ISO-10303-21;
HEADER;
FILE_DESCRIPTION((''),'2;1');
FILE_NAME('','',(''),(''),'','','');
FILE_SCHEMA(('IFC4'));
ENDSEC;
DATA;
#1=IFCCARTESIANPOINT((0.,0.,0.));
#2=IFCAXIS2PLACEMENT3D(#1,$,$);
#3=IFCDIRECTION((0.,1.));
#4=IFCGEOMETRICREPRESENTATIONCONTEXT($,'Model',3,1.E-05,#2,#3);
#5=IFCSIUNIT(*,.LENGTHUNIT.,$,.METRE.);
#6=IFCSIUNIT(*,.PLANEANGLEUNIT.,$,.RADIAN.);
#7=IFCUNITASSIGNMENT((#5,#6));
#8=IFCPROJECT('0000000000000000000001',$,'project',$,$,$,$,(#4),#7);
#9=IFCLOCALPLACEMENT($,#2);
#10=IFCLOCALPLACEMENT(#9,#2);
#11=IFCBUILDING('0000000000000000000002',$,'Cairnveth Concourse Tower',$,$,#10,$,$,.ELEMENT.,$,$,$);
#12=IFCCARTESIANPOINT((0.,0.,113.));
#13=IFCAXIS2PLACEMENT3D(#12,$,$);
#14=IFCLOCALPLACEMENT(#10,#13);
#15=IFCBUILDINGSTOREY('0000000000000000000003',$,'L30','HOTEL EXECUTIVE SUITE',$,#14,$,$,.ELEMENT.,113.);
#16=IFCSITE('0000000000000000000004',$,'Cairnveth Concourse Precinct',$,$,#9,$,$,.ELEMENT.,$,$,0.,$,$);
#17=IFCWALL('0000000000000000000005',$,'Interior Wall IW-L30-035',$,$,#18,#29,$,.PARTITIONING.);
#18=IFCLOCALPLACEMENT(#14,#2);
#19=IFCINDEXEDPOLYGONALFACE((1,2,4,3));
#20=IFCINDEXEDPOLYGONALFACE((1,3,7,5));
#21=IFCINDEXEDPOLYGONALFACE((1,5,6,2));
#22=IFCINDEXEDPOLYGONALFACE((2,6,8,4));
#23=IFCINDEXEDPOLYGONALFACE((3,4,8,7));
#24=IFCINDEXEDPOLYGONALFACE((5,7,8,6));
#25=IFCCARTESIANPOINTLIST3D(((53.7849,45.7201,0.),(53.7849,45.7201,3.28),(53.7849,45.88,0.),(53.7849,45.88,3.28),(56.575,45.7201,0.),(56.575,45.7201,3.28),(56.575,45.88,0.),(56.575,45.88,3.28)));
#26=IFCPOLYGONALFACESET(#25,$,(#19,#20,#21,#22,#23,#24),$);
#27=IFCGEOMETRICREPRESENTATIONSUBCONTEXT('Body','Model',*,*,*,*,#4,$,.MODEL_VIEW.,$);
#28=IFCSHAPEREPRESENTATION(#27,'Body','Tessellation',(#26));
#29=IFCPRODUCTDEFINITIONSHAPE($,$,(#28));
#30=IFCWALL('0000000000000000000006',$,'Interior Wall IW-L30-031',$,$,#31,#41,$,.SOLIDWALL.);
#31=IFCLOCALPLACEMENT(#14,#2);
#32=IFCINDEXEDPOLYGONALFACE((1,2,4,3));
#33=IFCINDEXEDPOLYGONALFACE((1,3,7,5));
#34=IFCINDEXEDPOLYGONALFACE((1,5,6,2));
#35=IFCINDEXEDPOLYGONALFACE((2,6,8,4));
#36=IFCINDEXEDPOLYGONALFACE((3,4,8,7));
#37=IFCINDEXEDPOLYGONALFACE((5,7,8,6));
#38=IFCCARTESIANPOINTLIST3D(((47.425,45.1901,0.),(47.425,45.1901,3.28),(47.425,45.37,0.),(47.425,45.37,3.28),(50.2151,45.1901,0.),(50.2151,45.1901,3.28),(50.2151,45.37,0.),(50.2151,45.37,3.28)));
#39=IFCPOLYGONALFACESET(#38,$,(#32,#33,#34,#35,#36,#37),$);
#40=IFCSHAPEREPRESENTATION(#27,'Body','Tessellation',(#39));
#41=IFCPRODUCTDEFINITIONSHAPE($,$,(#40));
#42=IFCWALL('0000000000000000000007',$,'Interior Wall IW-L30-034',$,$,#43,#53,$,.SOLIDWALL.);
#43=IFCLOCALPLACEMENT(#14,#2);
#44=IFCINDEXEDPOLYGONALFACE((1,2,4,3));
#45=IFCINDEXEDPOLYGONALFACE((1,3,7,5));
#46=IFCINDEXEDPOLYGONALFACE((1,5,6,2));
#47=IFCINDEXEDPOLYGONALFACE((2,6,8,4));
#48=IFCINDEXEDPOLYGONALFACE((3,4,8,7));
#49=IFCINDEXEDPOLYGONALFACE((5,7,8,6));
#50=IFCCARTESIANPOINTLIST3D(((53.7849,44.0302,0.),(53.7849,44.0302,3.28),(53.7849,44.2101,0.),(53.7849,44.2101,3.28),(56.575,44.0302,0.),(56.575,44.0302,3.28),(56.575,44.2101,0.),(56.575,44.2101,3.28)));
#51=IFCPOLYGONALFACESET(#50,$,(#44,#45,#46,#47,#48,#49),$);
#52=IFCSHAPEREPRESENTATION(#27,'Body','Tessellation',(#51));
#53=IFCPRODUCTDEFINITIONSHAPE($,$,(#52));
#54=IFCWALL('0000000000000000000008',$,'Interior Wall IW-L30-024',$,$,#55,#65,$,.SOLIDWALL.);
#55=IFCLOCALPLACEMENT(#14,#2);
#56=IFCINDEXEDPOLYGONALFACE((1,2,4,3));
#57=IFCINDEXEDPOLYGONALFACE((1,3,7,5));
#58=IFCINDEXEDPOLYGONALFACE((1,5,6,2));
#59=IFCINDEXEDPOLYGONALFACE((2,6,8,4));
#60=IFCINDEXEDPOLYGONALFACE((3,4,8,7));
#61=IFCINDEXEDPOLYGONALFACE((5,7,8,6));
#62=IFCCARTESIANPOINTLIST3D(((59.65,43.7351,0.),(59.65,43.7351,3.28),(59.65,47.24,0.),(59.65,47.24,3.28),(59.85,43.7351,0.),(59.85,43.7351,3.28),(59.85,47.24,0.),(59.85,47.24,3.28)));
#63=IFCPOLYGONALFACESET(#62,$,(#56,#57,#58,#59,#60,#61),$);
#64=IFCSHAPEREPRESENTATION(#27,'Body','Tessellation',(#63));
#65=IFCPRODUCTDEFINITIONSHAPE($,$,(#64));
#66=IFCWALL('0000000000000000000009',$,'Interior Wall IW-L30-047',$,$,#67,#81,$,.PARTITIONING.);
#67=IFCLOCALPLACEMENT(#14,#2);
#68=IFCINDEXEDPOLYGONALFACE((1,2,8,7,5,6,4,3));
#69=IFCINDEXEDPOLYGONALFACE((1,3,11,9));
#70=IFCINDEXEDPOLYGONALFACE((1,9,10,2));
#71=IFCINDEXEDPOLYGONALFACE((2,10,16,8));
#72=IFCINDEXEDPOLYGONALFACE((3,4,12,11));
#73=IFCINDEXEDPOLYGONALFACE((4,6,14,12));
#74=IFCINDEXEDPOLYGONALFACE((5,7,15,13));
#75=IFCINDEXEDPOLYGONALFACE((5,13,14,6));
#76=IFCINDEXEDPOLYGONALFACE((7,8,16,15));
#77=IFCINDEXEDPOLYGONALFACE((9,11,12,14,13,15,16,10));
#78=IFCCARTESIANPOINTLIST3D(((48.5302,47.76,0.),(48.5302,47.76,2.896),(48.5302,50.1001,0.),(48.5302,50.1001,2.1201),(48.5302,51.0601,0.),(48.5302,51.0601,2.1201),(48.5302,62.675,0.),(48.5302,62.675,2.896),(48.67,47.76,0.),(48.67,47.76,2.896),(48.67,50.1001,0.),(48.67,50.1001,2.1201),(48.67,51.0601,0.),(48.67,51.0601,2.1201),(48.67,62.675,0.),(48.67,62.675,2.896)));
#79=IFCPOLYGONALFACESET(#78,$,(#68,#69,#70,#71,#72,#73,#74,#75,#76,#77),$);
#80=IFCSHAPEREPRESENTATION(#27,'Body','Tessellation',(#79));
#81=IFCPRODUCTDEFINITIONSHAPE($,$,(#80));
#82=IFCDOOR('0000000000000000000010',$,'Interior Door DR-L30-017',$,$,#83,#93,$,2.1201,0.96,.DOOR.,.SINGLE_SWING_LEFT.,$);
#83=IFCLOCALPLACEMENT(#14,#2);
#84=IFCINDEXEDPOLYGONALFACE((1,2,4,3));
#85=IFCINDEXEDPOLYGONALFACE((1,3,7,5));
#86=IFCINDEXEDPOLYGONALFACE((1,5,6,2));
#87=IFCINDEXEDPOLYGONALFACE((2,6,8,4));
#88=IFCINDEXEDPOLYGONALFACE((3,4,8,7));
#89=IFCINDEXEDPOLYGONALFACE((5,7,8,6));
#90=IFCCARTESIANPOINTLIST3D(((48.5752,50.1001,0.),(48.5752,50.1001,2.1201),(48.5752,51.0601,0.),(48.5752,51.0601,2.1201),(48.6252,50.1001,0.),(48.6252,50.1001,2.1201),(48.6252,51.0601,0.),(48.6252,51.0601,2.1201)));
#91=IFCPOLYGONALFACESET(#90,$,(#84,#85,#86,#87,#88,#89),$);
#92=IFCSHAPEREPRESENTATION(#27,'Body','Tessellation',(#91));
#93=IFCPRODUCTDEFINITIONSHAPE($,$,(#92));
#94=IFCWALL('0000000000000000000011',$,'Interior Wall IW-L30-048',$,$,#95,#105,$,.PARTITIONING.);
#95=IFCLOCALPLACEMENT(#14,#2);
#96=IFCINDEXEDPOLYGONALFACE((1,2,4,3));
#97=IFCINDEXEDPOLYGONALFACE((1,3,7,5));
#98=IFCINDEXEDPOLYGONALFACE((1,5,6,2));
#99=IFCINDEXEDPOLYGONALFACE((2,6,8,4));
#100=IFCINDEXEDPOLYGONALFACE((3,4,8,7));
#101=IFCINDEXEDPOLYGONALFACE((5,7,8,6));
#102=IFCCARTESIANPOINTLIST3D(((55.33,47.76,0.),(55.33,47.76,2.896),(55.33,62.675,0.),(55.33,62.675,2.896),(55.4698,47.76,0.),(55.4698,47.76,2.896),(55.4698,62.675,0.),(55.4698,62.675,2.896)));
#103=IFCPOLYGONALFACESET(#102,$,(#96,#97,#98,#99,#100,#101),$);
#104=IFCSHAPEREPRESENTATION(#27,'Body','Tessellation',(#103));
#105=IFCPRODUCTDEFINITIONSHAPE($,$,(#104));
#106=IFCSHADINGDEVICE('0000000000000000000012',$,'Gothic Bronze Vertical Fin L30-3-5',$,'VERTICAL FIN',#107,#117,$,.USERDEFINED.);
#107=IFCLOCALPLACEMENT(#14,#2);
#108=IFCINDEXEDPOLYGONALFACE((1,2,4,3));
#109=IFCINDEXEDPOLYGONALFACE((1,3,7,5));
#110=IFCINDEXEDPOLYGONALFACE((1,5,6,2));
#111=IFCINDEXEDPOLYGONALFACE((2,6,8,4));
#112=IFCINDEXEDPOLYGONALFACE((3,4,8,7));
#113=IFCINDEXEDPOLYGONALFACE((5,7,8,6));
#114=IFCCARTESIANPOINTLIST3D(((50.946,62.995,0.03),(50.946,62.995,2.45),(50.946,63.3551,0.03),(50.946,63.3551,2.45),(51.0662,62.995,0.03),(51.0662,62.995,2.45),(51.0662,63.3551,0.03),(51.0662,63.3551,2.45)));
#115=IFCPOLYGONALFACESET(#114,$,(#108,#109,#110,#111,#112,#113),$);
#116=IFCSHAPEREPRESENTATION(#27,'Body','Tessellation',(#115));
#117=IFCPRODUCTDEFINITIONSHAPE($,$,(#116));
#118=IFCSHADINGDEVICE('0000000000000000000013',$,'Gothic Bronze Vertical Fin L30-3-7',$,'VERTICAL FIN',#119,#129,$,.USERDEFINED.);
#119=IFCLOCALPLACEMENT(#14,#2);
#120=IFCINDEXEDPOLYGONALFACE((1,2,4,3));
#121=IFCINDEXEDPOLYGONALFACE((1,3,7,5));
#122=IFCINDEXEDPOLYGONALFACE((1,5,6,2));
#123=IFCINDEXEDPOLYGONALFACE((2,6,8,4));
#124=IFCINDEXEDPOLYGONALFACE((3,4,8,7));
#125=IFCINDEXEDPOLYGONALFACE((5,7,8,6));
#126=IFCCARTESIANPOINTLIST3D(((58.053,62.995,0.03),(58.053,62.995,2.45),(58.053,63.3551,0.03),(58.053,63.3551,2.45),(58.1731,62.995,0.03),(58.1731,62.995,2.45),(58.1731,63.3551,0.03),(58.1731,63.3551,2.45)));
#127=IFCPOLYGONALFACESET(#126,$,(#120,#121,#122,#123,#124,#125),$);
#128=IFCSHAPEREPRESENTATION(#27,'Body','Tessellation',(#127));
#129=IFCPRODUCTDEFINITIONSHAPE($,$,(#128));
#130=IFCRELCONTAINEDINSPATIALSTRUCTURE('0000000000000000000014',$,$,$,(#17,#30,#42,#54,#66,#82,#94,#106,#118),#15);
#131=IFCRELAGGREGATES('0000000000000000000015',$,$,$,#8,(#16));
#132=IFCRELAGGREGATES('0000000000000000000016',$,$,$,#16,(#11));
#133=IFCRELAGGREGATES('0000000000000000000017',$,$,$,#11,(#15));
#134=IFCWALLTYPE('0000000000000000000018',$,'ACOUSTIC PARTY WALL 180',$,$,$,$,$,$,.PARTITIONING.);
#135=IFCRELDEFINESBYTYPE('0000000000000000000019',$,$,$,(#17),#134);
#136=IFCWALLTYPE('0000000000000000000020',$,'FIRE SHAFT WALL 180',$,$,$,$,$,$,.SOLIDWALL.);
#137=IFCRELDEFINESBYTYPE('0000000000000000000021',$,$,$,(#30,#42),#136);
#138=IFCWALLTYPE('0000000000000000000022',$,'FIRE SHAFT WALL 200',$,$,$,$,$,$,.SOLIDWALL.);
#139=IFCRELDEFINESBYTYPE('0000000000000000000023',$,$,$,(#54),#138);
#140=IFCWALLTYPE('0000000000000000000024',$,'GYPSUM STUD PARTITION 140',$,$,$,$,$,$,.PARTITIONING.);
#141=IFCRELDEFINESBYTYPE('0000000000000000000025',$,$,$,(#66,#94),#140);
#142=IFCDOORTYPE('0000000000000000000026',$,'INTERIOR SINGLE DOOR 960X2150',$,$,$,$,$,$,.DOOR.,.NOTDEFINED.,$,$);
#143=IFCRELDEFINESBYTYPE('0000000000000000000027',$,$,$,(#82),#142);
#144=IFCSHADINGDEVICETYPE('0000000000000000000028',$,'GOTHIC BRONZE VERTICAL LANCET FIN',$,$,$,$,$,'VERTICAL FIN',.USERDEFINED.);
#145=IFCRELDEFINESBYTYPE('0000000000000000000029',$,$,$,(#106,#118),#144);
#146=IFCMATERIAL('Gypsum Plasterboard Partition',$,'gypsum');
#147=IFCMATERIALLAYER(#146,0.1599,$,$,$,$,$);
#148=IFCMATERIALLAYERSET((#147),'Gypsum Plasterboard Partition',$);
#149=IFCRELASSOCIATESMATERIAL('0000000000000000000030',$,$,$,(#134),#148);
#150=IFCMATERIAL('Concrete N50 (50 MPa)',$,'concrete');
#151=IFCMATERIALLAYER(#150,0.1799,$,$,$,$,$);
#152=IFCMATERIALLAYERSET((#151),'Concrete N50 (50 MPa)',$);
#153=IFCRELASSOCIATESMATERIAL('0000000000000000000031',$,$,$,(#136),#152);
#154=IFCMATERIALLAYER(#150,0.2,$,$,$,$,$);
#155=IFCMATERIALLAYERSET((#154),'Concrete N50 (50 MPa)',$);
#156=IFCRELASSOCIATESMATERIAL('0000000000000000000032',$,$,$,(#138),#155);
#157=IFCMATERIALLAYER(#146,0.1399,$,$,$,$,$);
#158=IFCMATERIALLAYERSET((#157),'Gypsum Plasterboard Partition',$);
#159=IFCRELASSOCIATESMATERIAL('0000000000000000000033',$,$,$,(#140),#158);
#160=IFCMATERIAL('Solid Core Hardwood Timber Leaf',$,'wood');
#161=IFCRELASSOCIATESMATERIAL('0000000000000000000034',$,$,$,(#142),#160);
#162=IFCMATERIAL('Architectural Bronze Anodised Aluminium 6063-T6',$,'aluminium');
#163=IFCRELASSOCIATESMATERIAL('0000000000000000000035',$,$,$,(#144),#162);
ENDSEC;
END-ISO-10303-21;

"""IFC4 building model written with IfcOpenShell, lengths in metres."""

from ifc_helpers import new_model, si_unit, direction, frame, frame_2d, origin, origin_2d, place, context, subcontext, project, spatial, rectangle, extrude, material, layer, layer_set, type_object, element, fill, save


model = new_model("IFC4")

# Units and contexts
model_context = context("Model", 3, precision=1e-05, world=origin(), true_north=direction((0.0, 1.0)))
body_context = subcontext(model_context, "Body", "Model", "MODEL_VIEW")
ifc_project = project(units=[si_unit("LENGTHUNIT", "METRE"), si_unit("PLANEANGLEUNIT", "RADIAN")], contexts=[model_context])

# Site, building, storey
site_placement = place(None, origin())
site = spatial("IfcSite", under=ifc_project, at=site_placement, Name="Cairnveth Concourse Precinct", CompositionType="ELEMENT", RefElevation=0.0)
building_placement = place(site_placement, origin())
building = spatial("IfcBuilding", under=site, at=building_placement, Name="Cairnveth Concourse Tower", CompositionType="ELEMENT")
storey_placement = place(building_placement, frame((0.0, 0.0, 113.0)))
storey = spatial("IfcBuildingStorey", under=building, at=storey_placement, Name="L30", Description="HOTEL EXECUTIVE SUITE", CompositionType="ELEMENT", Elevation=113.0)

# Walls
ifc_material_1 = material(Name="Gypsum Plasterboard Partition", Category="gypsum")
ifc_layer_1 = layer(ifc_material_1, 0.1599)
ifc_layer_set_1 = layer_set([ifc_layer_1], Name="Gypsum Plasterboard Partition")
wall_type_1 = type_object("IfcWallType", Name="ACOUSTIC PARTY WALL 180", PredefinedType="PARTITIONING", material=ifc_layer_set_1)
wall_1_placement = place(storey_placement, frame((53.7849, 45.8, 0.0), z_axis=(0.0, 0.0, 1.0), x_axis=(1.0, 0.0, 0.0)))
element("IfcWall", 1, at=wall_1_placement, inside=storey, type_object=wall_type_1, Name="Interior Wall IW-L30-035", PredefinedType="PARTITIONING", context=body_context, shape_type="SweptSolid", body=[
    extrude(rectangle(XDim=2.79, YDim=0.1599, at=frame_2d((1.395, 0.0))), origin(), (0.0, 0.0, 1.0), 3.28),
])
ifc_material_2 = material(Name="Concrete N50 (50 MPa)", Category="concrete")
ifc_layer_2 = layer(ifc_material_2, 0.1799)
ifc_layer_set_2 = layer_set([ifc_layer_2], Name="Concrete N50 (50 MPa)")
wall_type_2 = type_object("IfcWallType", Name="FIRE SHAFT WALL 180", PredefinedType="SOLIDWALL", material=ifc_layer_set_2)
for number, where, z_axis, x_axis, name in (
    (2, (47.425, 45.28, 0.0), (0.0, 0.0, 1.0), (1.0, 0.0, 0.0), "Interior Wall IW-L30-031"),
    (3, (53.7849, 44.1201, 0.0), (0.0, 0.0, 1.0), (1.0, 0.0, 0.0), "Interior Wall IW-L30-034"),
):
    element("IfcWall", number, at=place(storey_placement, frame(where, z_axis=z_axis, x_axis=x_axis)), inside=storey, type_object=wall_type_2, Name=name, PredefinedType="SOLIDWALL", context=body_context, shape_type="SweptSolid", body=[
        extrude(rectangle(XDim=2.79, YDim=0.1799, at=frame_2d((1.395, 0.0))), origin(), (0.0, 0.0, 1.0), 3.28),
    ])
ifc_layer_3 = layer(ifc_material_2, 0.2)
ifc_layer_set_3 = layer_set([ifc_layer_3], Name="Concrete N50 (50 MPa)")
wall_type_3 = type_object("IfcWallType", Name="FIRE SHAFT WALL 200", PredefinedType="SOLIDWALL", material=ifc_layer_set_3)
wall_2_placement = place(storey_placement, frame((59.75, 43.7351, 0.0), z_axis=(0.0, 0.0, 1.0), x_axis=(0.0, 1.0, 0.0)))
element("IfcWall", 4, at=wall_2_placement, inside=storey, type_object=wall_type_3, Name="Interior Wall IW-L30-024", PredefinedType="SOLIDWALL", context=body_context, shape_type="SweptSolid", body=[
    extrude(rectangle(XDim=3.5049, YDim=0.2, at=frame_2d((1.7524, 0.0))), origin(), (0.0, 0.0, 1.0), 3.28),
])

# Wall, opening, door
ifc_layer_4 = layer(ifc_material_1, 0.1399)
ifc_layer_set_4 = layer_set([ifc_layer_4], Name="Gypsum Plasterboard Partition")
wall_type_4 = type_object("IfcWallType", Name="GYPSUM STUD PARTITION 140", PredefinedType="PARTITIONING", material=ifc_layer_set_4)
wall_3_placement = place(storey_placement, frame((48.6001, 47.76, 0.0), z_axis=(0.0, 0.0, 1.0), x_axis=(0.0, 1.0, 0.0)))
wall_3 = element("IfcWall", 5, at=wall_3_placement, inside=storey, type_object=wall_type_4, Name="Interior Wall IW-L30-047", PredefinedType="PARTITIONING", context=body_context, shape_type="SweptSolid", body=[
    extrude(rectangle(XDim=14.915, YDim=0.1399, at=frame_2d((7.4575, 0.0))), origin(), (0.0, 0.0, 1.0), 2.896),
])
opening_placement = place(wall_3_placement, frame((2.3401, 0.0, 0.0)))
opening = element("IfcOpeningElement", 6, at=opening_placement, cuts=wall_3, PredefinedType="OPENING", context=body_context, shape_type="SweptSolid", body=[
    extrude(rectangle(XDim=0.96, YDim=2.1201, at=frame_2d((0.48, 1.0601))), frame((0.0, 0.0798, 0.0), z_axis=(0.0, -1.0, 0.0), x_axis=(1.0, 0.0, 0.0)), (0.0, 0.0, 1.0), 0.1599),
])
ifc_material_3 = material(Name="Solid Core Hardwood Timber Leaf", Category="wood")
door_type = type_object("IfcDoorType", Name="INTERIOR SINGLE DOOR 960X2150", OperationType="NOTDEFINED", PredefinedType="DOOR", material=ifc_material_3)
door_placement = place(opening_placement, origin())
door = element("IfcDoor", 7, at=door_placement, inside=storey, type_object=door_type, Name="Interior Door DR-L30-017", OperationType="SINGLE_SWING_LEFT", OverallHeight=2.1201, OverallWidth=0.96, PredefinedType="DOOR", context=body_context, shape_type="SweptSolid", body=[
    extrude(rectangle(XDim=0.96, YDim=2.1201, at=frame_2d((0.48, 1.0601))), frame((0.0, 0.0249, 0.0), z_axis=(0.0, -1.0, 0.0), x_axis=(1.0, 0.0, 0.0)), (0.0, 0.0, 1.0), 0.05),
])
fill(opening, door)

# Wall
wall_4_placement = place(storey_placement, frame((55.3999, 47.76, 0.0), z_axis=(0.0, 0.0, 1.0), x_axis=(0.0, 1.0, 0.0)))
element("IfcWall", 8, at=wall_4_placement, inside=storey, type_object=wall_type_4, Name="Interior Wall IW-L30-048", PredefinedType="PARTITIONING", context=body_context, shape_type="SweptSolid", body=[
    extrude(rectangle(XDim=14.915, YDim=0.1399, at=frame_2d((7.4575, 0.0))), origin(), (0.0, 0.0, 1.0), 2.896),
])

# Shading devices
ifc_material_4 = material(Name="Architectural Bronze Anodised Aluminium 6063-T6", Category="aluminium")
shading_device_type = type_object("IfcShadingDeviceType", Name="GOTHIC BRONZE VERTICAL LANCET FIN", ElementType="VERTICAL FIN", PredefinedType="USERDEFINED", material=ifc_material_4)
for number, where, z_axis, x_axis, name in (
    (9, (51.0061, 63.175, 0.03), (0.0, 0.0, 1.0), (1.0, 0.0, 0.0), "Gothic Bronze Vertical Fin L30-3-5"),
    (10, (58.113, 63.175, 0.03), (0.0, 0.0, 1.0), (1.0, 0.0, 0.0), "Gothic Bronze Vertical Fin L30-3-7"),
):
    element("IfcShadingDevice", number, at=place(storey_placement, frame(where, z_axis=z_axis, x_axis=x_axis)), inside=storey, type_object=shading_device_type, Name=name, ObjectType="VERTICAL FIN", PredefinedType="USERDEFINED", context=body_context, shape_type="SweptSolid", body=[
        extrude(rectangle(XDim=0.1201, YDim=0.3601, at=origin_2d()), origin(), (0.0, 0.0, 1.0), 2.4199),
    ])

save(model, "model.ifc")
